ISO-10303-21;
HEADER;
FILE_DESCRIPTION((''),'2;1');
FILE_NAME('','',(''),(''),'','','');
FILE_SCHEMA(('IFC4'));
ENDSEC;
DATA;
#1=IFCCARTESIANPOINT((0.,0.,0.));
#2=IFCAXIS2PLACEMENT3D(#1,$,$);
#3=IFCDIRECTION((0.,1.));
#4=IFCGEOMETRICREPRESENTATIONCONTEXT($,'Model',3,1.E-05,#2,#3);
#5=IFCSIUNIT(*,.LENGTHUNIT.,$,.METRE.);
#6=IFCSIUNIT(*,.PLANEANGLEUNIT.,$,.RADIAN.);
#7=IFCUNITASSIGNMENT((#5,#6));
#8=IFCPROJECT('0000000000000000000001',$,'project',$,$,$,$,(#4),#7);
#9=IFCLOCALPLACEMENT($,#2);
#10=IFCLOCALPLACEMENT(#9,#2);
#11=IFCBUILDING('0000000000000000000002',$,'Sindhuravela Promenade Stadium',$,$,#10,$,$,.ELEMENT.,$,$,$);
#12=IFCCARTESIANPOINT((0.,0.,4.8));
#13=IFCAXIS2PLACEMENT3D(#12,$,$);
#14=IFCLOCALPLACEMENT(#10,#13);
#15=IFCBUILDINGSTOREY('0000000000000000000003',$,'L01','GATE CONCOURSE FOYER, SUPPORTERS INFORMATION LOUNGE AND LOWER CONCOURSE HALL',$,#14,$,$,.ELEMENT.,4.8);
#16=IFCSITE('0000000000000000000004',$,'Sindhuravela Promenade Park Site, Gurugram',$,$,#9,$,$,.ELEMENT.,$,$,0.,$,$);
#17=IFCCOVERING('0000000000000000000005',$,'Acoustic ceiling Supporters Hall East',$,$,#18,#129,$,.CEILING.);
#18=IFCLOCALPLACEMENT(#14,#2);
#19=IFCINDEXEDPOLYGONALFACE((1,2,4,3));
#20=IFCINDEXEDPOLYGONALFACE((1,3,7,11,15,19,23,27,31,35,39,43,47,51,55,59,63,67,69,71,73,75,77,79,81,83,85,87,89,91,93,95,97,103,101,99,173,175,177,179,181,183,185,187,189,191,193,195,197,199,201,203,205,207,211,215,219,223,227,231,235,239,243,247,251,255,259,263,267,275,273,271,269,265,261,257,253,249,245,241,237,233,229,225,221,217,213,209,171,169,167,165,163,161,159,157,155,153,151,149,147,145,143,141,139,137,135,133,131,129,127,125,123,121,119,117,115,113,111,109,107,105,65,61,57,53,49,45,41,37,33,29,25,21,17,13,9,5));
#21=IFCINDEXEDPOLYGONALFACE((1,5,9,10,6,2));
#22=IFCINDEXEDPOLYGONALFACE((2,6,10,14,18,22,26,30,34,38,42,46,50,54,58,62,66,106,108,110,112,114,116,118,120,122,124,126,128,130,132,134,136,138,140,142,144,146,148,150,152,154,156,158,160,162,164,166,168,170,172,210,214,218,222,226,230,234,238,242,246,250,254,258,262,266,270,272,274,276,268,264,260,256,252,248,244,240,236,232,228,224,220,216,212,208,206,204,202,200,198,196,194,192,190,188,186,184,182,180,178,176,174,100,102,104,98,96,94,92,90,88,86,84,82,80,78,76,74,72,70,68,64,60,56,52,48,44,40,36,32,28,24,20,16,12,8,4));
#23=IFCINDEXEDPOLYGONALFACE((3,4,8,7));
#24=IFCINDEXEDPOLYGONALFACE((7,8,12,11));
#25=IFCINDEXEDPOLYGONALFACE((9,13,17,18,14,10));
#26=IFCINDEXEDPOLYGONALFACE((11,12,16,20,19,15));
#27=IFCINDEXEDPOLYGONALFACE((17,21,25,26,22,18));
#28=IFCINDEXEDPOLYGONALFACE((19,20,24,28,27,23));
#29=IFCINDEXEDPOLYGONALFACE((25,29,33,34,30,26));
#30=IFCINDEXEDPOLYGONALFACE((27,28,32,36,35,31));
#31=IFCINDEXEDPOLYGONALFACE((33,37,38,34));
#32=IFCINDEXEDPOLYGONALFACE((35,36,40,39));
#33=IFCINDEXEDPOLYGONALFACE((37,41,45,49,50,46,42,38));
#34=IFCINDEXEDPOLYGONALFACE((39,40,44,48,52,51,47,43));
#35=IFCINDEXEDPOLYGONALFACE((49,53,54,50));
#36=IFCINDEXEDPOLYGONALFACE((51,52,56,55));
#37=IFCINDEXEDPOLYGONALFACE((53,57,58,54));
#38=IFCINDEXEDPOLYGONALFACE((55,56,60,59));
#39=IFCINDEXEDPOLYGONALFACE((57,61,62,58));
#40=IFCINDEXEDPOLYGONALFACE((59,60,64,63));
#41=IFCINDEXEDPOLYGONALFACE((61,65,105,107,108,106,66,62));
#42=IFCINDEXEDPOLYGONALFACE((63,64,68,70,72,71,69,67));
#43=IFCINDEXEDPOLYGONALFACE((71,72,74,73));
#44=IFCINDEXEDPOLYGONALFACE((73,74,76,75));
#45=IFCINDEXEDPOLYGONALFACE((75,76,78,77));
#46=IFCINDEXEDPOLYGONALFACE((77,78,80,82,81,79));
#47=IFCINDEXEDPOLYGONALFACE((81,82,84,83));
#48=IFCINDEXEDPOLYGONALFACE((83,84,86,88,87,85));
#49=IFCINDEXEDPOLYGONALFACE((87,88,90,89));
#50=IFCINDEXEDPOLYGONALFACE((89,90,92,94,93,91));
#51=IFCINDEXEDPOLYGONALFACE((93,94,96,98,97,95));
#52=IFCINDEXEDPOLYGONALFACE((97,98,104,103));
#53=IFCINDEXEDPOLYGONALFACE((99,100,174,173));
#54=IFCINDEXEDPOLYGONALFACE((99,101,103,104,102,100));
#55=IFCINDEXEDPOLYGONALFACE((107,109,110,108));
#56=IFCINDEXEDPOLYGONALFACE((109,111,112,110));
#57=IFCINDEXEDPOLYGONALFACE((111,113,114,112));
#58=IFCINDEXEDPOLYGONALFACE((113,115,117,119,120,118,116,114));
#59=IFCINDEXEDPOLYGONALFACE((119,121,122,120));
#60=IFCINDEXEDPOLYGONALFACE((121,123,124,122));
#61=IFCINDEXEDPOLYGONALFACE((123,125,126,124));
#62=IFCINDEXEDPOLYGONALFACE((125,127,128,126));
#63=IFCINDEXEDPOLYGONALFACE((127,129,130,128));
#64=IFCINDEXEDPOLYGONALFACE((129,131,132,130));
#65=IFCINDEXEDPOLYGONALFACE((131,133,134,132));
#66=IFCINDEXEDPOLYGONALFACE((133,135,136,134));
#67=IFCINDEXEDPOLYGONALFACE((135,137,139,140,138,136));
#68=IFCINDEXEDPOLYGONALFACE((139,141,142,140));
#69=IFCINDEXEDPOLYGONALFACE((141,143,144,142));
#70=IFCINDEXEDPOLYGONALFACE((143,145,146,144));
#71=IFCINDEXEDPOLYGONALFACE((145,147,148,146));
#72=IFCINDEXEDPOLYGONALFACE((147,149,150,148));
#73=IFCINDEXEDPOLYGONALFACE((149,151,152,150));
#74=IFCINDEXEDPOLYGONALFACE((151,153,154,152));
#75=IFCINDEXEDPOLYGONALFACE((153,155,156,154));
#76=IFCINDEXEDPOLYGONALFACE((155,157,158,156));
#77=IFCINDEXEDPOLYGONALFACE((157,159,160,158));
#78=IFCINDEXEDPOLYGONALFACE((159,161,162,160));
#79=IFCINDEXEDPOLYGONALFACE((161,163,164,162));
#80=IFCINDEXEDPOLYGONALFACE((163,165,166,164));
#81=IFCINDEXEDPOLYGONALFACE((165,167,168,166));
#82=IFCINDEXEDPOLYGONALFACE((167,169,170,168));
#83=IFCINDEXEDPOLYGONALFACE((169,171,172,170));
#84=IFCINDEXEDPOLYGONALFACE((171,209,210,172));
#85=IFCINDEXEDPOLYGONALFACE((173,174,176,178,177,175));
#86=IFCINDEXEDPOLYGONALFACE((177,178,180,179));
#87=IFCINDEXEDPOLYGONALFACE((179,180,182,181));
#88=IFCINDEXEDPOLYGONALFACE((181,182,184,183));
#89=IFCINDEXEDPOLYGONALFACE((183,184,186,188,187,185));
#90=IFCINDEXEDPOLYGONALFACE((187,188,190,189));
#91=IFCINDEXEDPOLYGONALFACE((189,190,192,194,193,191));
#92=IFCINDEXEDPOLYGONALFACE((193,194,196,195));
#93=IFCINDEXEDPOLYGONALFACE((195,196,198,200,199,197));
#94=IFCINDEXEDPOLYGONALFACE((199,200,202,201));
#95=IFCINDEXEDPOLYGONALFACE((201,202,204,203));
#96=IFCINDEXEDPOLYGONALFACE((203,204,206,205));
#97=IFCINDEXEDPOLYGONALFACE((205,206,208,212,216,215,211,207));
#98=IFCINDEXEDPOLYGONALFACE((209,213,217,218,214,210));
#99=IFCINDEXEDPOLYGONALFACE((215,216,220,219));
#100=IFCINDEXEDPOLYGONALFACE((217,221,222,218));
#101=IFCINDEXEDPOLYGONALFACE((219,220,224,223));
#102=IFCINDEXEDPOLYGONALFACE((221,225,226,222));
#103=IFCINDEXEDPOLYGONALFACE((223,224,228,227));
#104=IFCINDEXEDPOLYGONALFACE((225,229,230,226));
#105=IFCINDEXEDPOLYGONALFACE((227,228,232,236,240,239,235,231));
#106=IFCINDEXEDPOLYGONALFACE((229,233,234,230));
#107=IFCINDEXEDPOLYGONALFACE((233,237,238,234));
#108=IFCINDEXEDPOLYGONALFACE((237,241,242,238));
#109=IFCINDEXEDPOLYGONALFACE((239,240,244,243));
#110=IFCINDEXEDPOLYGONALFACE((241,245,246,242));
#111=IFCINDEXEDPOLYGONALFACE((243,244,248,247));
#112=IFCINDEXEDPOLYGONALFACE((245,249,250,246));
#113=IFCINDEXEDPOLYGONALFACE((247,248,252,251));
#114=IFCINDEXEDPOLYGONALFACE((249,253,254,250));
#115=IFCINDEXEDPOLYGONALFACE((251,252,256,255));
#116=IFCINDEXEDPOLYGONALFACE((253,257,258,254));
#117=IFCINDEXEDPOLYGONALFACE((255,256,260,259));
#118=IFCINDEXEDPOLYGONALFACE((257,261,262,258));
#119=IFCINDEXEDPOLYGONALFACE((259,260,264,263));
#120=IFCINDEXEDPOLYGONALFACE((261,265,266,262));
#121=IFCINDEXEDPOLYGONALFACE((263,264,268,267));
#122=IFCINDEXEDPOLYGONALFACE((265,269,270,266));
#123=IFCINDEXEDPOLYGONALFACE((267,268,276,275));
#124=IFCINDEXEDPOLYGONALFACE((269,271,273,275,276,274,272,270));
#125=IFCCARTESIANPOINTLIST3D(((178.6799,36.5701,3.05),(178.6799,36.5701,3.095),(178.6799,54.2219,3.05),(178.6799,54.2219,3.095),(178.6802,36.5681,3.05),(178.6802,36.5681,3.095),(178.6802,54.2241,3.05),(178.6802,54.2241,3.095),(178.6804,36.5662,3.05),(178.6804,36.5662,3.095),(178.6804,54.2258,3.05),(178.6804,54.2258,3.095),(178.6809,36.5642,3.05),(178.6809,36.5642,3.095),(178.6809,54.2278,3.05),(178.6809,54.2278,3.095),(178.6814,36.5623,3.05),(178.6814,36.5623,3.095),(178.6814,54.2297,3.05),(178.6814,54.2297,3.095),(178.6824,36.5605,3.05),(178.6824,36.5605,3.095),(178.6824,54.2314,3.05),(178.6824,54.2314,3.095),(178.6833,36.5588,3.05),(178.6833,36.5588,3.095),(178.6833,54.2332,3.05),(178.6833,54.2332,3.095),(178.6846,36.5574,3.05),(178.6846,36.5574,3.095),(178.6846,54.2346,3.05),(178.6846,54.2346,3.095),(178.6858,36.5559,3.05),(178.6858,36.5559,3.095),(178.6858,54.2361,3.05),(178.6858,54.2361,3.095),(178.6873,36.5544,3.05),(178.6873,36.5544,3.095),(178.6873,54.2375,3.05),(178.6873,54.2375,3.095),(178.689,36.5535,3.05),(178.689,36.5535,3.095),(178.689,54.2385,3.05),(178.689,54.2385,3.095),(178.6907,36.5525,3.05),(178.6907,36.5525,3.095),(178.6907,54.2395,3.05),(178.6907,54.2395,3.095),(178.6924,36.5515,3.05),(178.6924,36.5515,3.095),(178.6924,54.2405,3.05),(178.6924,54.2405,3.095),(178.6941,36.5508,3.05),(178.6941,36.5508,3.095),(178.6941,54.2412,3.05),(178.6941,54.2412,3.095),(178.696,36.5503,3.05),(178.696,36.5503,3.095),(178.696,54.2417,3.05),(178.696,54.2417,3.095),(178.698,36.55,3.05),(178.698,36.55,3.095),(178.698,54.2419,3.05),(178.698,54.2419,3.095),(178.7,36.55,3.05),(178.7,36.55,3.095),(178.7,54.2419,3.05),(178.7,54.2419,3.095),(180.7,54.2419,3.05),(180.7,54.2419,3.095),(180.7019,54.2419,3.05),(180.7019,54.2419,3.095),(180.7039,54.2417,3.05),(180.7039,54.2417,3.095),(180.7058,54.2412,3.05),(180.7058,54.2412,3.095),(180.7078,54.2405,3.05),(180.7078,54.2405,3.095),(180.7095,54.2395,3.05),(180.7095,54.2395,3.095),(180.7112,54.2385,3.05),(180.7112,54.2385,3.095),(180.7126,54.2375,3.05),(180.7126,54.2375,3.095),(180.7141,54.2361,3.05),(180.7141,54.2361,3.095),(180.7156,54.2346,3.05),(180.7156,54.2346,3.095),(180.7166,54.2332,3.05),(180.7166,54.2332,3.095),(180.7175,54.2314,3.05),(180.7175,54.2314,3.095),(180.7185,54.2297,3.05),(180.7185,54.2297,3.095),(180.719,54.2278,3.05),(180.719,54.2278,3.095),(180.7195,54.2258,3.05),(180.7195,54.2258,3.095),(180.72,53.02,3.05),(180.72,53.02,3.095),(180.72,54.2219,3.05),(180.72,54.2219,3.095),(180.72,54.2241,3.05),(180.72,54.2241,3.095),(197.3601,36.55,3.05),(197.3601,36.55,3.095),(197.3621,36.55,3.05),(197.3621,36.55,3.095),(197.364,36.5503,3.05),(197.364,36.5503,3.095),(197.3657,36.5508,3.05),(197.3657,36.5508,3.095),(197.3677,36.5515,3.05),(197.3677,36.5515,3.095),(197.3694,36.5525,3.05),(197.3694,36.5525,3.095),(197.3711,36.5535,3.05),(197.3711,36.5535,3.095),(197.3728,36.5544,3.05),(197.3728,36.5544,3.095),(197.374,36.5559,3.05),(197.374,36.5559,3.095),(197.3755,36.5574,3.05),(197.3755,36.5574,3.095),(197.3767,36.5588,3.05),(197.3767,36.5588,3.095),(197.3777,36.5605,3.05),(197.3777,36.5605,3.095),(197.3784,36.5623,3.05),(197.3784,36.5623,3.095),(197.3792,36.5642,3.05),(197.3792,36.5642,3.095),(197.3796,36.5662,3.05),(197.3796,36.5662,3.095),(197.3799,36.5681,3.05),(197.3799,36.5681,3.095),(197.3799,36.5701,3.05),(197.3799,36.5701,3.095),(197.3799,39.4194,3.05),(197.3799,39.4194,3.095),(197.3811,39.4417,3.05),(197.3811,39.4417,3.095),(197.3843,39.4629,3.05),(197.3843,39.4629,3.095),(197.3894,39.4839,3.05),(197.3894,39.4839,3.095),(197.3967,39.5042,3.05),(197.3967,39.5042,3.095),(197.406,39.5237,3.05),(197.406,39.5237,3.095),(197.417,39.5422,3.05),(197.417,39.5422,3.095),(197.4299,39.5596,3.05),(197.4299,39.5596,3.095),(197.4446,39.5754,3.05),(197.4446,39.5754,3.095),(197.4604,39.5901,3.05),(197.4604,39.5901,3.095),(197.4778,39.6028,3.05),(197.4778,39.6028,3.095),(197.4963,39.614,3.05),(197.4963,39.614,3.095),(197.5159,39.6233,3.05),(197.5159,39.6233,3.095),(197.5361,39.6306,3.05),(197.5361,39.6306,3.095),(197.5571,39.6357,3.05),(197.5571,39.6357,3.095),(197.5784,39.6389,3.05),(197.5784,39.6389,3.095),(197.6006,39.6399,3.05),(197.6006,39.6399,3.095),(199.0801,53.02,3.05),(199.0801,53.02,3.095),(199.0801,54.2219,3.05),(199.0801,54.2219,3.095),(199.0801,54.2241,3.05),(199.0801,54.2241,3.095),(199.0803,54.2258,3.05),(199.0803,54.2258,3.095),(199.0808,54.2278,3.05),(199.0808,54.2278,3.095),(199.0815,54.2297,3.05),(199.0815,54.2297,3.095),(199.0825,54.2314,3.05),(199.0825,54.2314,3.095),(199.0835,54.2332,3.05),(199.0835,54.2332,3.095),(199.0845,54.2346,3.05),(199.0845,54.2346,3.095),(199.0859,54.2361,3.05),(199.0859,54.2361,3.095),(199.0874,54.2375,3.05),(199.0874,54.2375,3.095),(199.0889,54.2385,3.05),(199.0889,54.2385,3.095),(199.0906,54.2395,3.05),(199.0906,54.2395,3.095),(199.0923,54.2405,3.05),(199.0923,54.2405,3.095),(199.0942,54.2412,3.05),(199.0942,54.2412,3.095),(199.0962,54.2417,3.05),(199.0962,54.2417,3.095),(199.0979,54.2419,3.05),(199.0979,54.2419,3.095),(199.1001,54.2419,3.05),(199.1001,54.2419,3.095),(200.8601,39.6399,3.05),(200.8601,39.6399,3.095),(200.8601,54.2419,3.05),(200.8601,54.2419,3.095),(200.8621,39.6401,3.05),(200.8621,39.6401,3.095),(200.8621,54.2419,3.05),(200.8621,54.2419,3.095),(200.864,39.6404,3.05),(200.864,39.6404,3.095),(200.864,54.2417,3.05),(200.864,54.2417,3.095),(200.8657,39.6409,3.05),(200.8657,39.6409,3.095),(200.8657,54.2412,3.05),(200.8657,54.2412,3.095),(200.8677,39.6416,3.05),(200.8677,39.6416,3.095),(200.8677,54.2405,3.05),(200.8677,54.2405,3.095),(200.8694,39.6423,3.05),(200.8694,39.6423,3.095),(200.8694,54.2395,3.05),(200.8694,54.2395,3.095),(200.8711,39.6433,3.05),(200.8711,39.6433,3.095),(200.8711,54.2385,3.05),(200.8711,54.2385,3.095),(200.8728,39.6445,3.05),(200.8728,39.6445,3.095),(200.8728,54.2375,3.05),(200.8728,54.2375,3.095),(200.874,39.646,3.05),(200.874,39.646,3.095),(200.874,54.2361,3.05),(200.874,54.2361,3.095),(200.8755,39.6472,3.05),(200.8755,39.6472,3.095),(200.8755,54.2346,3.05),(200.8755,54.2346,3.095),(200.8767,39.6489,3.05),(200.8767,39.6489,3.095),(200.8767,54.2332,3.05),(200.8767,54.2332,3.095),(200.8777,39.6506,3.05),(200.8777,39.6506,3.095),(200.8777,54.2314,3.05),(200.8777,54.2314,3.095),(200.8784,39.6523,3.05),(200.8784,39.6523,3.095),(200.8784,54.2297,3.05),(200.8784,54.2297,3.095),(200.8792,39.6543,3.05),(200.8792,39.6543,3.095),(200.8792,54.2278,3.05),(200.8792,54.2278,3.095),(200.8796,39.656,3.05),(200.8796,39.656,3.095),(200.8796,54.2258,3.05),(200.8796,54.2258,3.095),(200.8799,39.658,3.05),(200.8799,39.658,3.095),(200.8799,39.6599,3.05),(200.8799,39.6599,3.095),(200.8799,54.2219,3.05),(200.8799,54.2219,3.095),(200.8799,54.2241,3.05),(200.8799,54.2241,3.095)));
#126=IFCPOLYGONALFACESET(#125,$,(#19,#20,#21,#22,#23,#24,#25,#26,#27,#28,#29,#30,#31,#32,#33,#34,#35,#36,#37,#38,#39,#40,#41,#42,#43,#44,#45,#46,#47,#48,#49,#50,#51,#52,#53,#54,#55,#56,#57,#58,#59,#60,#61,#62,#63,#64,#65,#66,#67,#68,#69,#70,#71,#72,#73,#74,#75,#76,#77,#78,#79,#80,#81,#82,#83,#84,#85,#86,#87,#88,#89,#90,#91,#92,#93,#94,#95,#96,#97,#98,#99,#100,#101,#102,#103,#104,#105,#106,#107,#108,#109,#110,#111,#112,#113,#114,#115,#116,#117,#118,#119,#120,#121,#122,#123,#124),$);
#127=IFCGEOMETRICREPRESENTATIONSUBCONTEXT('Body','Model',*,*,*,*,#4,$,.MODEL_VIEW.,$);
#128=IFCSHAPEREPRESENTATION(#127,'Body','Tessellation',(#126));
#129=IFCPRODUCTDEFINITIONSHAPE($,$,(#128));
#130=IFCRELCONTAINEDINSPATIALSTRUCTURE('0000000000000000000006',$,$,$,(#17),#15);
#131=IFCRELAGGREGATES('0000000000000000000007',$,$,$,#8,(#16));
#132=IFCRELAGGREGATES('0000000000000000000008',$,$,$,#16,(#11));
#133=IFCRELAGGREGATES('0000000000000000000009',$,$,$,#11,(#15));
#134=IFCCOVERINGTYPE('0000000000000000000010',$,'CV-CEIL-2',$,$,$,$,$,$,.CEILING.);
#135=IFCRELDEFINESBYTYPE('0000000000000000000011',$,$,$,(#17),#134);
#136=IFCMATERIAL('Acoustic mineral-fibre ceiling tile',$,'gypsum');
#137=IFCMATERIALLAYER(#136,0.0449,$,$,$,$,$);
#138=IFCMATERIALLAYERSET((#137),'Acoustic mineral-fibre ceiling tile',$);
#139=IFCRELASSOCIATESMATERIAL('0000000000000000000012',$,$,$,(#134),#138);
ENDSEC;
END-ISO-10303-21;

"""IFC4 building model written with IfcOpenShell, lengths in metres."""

from ifc_helpers import new_model, si_unit, direction, frame, origin, place, context, subcontext, project, spatial, polyline, outline, extrude, material, layer, layer_set, type_object, element, save


model = new_model("IFC4")

# Units and contexts
model_context = context("Model", 3, precision=1e-05, world=origin(), true_north=direction((0.0, 1.0)))
body_context = subcontext(model_context, "Body", "Model", "MODEL_VIEW")
ifc_project = project(units=[si_unit("LENGTHUNIT", "METRE"), si_unit("PLANEANGLEUNIT", "RADIAN")], contexts=[model_context])

# Site, building, storey
site_placement = place(None, origin())
site = spatial("IfcSite", under=ifc_project, at=site_placement, Name="Sindhuravela Promenade Park Site, Gurugram", CompositionType="ELEMENT", RefElevation=0.0)
building_placement = place(site_placement, origin())
building = spatial("IfcBuilding", under=site, at=building_placement, Name="Sindhuravela Promenade Stadium", CompositionType="ELEMENT")
storey_placement = place(building_placement, frame((0.0, 0.0, 4.8)))
storey = spatial("IfcBuildingStorey", under=building, at=storey_placement, Name="L01", Description="GATE CONCOURSE FOYER, SUPPORTERS INFORMATION LOUNGE AND LOWER CONCOURSE HALL", CompositionType="ELEMENT", Elevation=4.8)

# Covering
ifc_material_1 = material(Name="Acoustic mineral-fibre ceiling tile", Category="gypsum")
ifc_layer_1 = layer(ifc_material_1, 0.0449)
ifc_layer_set_1 = layer_set([ifc_layer_1], Name="Acoustic mineral-fibre ceiling tile")
covering_type_1 = type_object("IfcCoveringType", Name="CV-CEIL-2", PredefinedType="CEILING", material=ifc_layer_set_1)
covering_1_placement = place(storey_placement, frame((0.0, 0.0, 3.05)))
element("IfcCovering", 1, at=covering_1_placement, inside=storey, type_object=covering_type_1, Name="Acoustic ceiling Supporters Hall East", PredefinedType="CEILING", context=body_context, shape_type="SweptSolid", body=[
    extrude(outline(polyline([(180.72, 53.02), (199.0801, 53.02), (199.0801, 54.2219), (199.0801, 54.2241), (199.0803, 54.2258), (199.0808, 54.2278), (199.0815, 54.2297), (199.0825, 54.2314), (199.0835, 54.2332), (199.0845, 54.2346), (199.0859, 54.2361), (199.0874, 54.2375), (199.0889, 54.2385), (199.0906, 54.2395), (199.0923, 54.2405), (199.0942, 54.2412), (199.0962, 54.2417), (199.0979, 54.2419), (199.1001, 54.2419), (200.8601, 54.2419), (200.8621, 54.2419), (200.864, 54.2417), (200.8657, 54.2412), (200.8677, 54.2405), (200.8694, 54.2395), (200.8711, 54.2385), (200.8728, 54.2375), (200.874, 54.2361), (200.8755, 54.2346), (200.8767, 54.2332), (200.8777, 54.2314), (200.8784, 54.2297), (200.8792, 54.2278), (200.8796, 54.2258), (200.8799, 54.2241), (200.8799, 54.2219), (200.8799, 39.6599), (200.8799, 39.658), (200.8796, 39.656), (200.8792, 39.6543), (200.8784, 39.6523), (200.8777, 39.6506), (200.8767, 39.6489), (200.8755, 39.6472), (200.874, 39.646), (200.8728, 39.6445), (200.8711, 39.6433), (200.8694, 39.6423), (200.8677, 39.6416), (200.8657, 39.6409), (200.864, 39.6404), (200.8621, 39.6401), (200.8601, 39.6399), (197.6006, 39.6399), (197.5784, 39.6389), (197.5571, 39.6357), (197.5361, 39.6306), (197.5159, 39.6233), (197.4963, 39.614), (197.4778, 39.6028), (197.4604, 39.5901), (197.4446, 39.5754), (197.4299, 39.5596), (197.417, 39.5422), (197.406, 39.5237), (197.3967, 39.5042), (197.3894, 39.4839), (197.3843, 39.4629), (197.3811, 39.4417), (197.3799, 39.4194), (197.3799, 36.5701), (197.3799, 36.5681), (197.3796, 36.5662), (197.3792, 36.5642), (197.3784, 36.5623), (197.3777, 36.5605), (197.3767, 36.5588), (197.3755, 36.5574), (197.374, 36.5559), (197.3728, 36.5544), (197.3711, 36.5535), (197.3694, 36.5525), (197.3677, 36.5515), (197.3657, 36.5508), (197.364, 36.5503), (197.3621, 36.55), (197.3601, 36.55), (178.7, 36.55), (178.698, 36.55), (178.696, 36.5503), (178.6941, 36.5508), (178.6924, 36.5515), (178.6907, 36.5525), (178.689, 36.5535), (178.6873, 36.5544), (178.6858, 36.5559), (178.6846, 36.5574), (178.6833, 36.5588), (178.6824, 36.5605), (178.6814, 36.5623), (178.6809, 36.5642), (178.6804, 36.5662), (178.6802, 36.5681), (178.6799, 36.5701), (178.6799, 54.2219), (178.6802, 54.2241), (178.6804, 54.2258), (178.6809, 54.2278), (178.6814, 54.2297), (178.6824, 54.2314), (178.6833, 54.2332), (178.6846, 54.2346), (178.6858, 54.2361), (178.6873, 54.2375), (178.689, 54.2385), (178.6907, 54.2395), (178.6924, 54.2405), (178.6941, 54.2412), (178.696, 54.2417), (178.698, 54.2419), (178.7, 54.2419), (180.7, 54.2419), (180.7019, 54.2419), (180.7039, 54.2417), (180.7058, 54.2412), (180.7078, 54.2405), (180.7095, 54.2395), (180.7112, 54.2385), (180.7126, 54.2375), (180.7141, 54.2361), (180.7156, 54.2346), (180.7166, 54.2332), (180.7175, 54.2314), (180.7185, 54.2297), (180.719, 54.2278), (180.7195, 54.2258), (180.72, 54.2241), (180.72, 54.2219), (180.72, 53.02)])), origin(), (0.0, 0.0, 1.0), 0.0449),
])

save(model, "model.ifc")
